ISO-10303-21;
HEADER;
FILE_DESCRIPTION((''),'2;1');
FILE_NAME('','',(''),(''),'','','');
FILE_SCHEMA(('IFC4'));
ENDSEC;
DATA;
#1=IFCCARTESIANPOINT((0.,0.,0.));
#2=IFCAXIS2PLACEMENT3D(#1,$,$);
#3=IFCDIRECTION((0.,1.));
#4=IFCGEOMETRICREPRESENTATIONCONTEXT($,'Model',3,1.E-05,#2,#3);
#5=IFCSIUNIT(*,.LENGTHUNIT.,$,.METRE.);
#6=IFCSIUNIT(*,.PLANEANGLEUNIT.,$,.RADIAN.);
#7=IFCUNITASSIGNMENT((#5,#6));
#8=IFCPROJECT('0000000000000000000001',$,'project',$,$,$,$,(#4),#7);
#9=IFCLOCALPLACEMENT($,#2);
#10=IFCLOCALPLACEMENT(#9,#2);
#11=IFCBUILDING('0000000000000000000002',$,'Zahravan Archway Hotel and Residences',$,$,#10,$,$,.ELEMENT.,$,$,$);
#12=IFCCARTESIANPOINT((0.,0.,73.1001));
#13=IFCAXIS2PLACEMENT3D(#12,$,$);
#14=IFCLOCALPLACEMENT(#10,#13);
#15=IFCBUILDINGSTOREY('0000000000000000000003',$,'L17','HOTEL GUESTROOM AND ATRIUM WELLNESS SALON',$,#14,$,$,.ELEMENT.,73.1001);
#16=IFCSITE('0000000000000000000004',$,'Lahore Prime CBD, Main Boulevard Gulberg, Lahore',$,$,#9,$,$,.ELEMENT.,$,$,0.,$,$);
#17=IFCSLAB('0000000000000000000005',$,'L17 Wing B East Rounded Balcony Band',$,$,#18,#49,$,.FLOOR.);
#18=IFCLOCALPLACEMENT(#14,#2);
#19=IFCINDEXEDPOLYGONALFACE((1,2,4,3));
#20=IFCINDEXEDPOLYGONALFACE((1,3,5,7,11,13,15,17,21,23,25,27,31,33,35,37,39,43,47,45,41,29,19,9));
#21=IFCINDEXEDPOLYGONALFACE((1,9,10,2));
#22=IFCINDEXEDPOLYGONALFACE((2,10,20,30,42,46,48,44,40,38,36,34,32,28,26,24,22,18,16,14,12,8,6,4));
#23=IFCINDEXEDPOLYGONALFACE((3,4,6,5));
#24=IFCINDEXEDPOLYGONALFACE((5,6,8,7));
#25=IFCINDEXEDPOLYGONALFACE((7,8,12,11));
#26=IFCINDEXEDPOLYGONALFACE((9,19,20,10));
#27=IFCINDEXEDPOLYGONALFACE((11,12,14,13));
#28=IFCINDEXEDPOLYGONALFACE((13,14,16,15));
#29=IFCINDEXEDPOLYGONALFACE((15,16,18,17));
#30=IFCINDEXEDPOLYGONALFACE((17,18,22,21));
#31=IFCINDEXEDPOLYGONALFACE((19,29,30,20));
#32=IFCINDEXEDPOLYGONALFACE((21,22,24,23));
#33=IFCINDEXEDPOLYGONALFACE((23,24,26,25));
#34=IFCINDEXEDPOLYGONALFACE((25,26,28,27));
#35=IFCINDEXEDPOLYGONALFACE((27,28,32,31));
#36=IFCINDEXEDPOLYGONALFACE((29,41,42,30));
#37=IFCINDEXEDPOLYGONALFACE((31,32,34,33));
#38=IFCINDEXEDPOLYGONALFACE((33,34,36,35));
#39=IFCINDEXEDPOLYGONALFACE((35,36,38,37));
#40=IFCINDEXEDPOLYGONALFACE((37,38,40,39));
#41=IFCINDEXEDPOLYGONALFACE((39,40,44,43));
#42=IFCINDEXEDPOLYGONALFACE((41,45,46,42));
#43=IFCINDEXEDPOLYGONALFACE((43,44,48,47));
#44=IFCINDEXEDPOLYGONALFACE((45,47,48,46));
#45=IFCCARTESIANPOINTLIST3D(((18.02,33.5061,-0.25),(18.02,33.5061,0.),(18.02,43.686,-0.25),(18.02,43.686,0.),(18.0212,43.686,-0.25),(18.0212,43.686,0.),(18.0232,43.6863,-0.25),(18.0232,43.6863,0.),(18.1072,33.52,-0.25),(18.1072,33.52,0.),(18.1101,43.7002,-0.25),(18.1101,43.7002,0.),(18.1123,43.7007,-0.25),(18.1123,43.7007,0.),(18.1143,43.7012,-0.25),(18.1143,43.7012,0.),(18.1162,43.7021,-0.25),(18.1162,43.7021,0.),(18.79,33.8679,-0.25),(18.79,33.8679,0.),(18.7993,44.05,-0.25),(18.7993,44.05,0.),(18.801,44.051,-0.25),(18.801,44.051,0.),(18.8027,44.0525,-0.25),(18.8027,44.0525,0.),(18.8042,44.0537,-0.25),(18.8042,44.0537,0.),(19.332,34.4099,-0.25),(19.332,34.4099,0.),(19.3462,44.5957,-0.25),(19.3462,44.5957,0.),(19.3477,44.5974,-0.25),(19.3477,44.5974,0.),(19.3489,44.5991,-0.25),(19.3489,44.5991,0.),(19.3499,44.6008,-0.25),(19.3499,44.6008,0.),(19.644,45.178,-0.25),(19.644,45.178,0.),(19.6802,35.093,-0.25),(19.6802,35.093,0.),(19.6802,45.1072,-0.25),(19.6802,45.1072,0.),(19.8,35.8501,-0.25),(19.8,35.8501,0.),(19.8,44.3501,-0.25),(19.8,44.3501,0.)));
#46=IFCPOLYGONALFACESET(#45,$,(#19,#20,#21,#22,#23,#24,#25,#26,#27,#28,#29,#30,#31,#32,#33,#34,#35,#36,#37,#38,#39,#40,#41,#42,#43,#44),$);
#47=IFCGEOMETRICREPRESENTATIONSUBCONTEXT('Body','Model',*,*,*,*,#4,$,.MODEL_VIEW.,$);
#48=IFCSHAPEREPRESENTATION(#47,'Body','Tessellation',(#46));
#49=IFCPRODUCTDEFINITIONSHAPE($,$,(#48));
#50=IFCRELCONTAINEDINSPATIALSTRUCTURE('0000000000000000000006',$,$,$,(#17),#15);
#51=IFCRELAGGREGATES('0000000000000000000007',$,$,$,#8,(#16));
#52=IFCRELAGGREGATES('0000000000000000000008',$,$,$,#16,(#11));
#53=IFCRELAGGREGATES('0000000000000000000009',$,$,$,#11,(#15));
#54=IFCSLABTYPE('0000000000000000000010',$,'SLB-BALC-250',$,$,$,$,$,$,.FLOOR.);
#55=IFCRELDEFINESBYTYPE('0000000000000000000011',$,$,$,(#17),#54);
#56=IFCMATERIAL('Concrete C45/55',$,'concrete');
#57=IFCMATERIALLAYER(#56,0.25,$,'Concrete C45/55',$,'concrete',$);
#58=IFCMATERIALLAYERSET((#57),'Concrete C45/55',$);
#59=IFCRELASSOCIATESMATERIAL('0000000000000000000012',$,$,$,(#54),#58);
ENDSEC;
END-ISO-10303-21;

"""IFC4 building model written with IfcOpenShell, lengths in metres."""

from ifc_helpers import new_model, si_unit, direction, frame, origin, place, context, subcontext, project, spatial, polyline, outline, extrude, material, layer, layer_set, type_object, element, save


model = new_model("IFC4")

# Units and contexts
model_context = context("Model", 3, precision=1e-05, world=origin(), true_north=direction((0.0, 1.0)))
body_context = subcontext(model_context, "Body", "Model", "MODEL_VIEW")
ifc_project = project(units=[si_unit("LENGTHUNIT", "METRE"), si_unit("PLANEANGLEUNIT", "RADIAN")], contexts=[model_context])

# Site, building, storey
site_placement = place(None, origin())
site = spatial("IfcSite", under=ifc_project, at=site_placement, Name="Lahore Prime CBD, Main Boulevard Gulberg, Lahore", CompositionType="ELEMENT", RefElevation=0.0)
building_placement = place(site_placement, origin())
building = spatial("IfcBuilding", under=site, at=building_placement, Name="Zahravan Archway Hotel and Residences", CompositionType="ELEMENT")
storey_placement = place(building_placement, frame((0.0, 0.0, 73.1001)))
storey = spatial("IfcBuildingStorey", under=building, at=storey_placement, Name="L17", Description="HOTEL GUESTROOM AND ATRIUM WELLNESS SALON", CompositionType="ELEMENT", Elevation=73.1001)

# Slab
ifc_material_1 = material(Name="Concrete C45/55", Category="concrete")
ifc_layer_1 = layer(ifc_material_1, 0.25, Name="Concrete C45/55", Category="concrete")
ifc_layer_set_1 = layer_set([ifc_layer_1], Name="Concrete C45/55")
slab_type_1 = type_object("IfcSlabType", Name="SLB-BALC-250", PredefinedType="FLOOR", material=ifc_layer_set_1)
slab_1_placement = place(storey_placement, frame((0.0, 0.0, -0.25)))
element("IfcSlab", 1, at=slab_1_placement, inside=storey, type_object=slab_type_1, Name="L17 Wing B East Rounded Balcony Band", PredefinedType="FLOOR", context=body_context, shape_type="SweptSolid", body=[
    extrude(outline(polyline([(19.6802, 45.1072), (19.8, 44.3501), (19.8, 35.8501), (19.6802, 35.093), (19.332, 34.4099), (18.79, 33.8679), (18.1072, 33.52), (18.02, 33.5061), (18.02, 43.686), (18.0212, 43.686), (18.0232, 43.6863), (18.1101, 43.7002), (18.1123, 43.7007), (18.1143, 43.7012), (18.1162, 43.7021), (18.7993, 44.05), (18.801, 44.051), (18.8027, 44.0525), (18.8042, 44.0537), (19.3462, 44.5957), (19.3477, 44.5974), (19.3489, 44.5991), (19.3499, 44.6008), (19.644, 45.178), (19.6802, 45.1072)])), origin(), (0.0, 0.0, 1.0), 0.25),
])

save(model, "model.ifc")
